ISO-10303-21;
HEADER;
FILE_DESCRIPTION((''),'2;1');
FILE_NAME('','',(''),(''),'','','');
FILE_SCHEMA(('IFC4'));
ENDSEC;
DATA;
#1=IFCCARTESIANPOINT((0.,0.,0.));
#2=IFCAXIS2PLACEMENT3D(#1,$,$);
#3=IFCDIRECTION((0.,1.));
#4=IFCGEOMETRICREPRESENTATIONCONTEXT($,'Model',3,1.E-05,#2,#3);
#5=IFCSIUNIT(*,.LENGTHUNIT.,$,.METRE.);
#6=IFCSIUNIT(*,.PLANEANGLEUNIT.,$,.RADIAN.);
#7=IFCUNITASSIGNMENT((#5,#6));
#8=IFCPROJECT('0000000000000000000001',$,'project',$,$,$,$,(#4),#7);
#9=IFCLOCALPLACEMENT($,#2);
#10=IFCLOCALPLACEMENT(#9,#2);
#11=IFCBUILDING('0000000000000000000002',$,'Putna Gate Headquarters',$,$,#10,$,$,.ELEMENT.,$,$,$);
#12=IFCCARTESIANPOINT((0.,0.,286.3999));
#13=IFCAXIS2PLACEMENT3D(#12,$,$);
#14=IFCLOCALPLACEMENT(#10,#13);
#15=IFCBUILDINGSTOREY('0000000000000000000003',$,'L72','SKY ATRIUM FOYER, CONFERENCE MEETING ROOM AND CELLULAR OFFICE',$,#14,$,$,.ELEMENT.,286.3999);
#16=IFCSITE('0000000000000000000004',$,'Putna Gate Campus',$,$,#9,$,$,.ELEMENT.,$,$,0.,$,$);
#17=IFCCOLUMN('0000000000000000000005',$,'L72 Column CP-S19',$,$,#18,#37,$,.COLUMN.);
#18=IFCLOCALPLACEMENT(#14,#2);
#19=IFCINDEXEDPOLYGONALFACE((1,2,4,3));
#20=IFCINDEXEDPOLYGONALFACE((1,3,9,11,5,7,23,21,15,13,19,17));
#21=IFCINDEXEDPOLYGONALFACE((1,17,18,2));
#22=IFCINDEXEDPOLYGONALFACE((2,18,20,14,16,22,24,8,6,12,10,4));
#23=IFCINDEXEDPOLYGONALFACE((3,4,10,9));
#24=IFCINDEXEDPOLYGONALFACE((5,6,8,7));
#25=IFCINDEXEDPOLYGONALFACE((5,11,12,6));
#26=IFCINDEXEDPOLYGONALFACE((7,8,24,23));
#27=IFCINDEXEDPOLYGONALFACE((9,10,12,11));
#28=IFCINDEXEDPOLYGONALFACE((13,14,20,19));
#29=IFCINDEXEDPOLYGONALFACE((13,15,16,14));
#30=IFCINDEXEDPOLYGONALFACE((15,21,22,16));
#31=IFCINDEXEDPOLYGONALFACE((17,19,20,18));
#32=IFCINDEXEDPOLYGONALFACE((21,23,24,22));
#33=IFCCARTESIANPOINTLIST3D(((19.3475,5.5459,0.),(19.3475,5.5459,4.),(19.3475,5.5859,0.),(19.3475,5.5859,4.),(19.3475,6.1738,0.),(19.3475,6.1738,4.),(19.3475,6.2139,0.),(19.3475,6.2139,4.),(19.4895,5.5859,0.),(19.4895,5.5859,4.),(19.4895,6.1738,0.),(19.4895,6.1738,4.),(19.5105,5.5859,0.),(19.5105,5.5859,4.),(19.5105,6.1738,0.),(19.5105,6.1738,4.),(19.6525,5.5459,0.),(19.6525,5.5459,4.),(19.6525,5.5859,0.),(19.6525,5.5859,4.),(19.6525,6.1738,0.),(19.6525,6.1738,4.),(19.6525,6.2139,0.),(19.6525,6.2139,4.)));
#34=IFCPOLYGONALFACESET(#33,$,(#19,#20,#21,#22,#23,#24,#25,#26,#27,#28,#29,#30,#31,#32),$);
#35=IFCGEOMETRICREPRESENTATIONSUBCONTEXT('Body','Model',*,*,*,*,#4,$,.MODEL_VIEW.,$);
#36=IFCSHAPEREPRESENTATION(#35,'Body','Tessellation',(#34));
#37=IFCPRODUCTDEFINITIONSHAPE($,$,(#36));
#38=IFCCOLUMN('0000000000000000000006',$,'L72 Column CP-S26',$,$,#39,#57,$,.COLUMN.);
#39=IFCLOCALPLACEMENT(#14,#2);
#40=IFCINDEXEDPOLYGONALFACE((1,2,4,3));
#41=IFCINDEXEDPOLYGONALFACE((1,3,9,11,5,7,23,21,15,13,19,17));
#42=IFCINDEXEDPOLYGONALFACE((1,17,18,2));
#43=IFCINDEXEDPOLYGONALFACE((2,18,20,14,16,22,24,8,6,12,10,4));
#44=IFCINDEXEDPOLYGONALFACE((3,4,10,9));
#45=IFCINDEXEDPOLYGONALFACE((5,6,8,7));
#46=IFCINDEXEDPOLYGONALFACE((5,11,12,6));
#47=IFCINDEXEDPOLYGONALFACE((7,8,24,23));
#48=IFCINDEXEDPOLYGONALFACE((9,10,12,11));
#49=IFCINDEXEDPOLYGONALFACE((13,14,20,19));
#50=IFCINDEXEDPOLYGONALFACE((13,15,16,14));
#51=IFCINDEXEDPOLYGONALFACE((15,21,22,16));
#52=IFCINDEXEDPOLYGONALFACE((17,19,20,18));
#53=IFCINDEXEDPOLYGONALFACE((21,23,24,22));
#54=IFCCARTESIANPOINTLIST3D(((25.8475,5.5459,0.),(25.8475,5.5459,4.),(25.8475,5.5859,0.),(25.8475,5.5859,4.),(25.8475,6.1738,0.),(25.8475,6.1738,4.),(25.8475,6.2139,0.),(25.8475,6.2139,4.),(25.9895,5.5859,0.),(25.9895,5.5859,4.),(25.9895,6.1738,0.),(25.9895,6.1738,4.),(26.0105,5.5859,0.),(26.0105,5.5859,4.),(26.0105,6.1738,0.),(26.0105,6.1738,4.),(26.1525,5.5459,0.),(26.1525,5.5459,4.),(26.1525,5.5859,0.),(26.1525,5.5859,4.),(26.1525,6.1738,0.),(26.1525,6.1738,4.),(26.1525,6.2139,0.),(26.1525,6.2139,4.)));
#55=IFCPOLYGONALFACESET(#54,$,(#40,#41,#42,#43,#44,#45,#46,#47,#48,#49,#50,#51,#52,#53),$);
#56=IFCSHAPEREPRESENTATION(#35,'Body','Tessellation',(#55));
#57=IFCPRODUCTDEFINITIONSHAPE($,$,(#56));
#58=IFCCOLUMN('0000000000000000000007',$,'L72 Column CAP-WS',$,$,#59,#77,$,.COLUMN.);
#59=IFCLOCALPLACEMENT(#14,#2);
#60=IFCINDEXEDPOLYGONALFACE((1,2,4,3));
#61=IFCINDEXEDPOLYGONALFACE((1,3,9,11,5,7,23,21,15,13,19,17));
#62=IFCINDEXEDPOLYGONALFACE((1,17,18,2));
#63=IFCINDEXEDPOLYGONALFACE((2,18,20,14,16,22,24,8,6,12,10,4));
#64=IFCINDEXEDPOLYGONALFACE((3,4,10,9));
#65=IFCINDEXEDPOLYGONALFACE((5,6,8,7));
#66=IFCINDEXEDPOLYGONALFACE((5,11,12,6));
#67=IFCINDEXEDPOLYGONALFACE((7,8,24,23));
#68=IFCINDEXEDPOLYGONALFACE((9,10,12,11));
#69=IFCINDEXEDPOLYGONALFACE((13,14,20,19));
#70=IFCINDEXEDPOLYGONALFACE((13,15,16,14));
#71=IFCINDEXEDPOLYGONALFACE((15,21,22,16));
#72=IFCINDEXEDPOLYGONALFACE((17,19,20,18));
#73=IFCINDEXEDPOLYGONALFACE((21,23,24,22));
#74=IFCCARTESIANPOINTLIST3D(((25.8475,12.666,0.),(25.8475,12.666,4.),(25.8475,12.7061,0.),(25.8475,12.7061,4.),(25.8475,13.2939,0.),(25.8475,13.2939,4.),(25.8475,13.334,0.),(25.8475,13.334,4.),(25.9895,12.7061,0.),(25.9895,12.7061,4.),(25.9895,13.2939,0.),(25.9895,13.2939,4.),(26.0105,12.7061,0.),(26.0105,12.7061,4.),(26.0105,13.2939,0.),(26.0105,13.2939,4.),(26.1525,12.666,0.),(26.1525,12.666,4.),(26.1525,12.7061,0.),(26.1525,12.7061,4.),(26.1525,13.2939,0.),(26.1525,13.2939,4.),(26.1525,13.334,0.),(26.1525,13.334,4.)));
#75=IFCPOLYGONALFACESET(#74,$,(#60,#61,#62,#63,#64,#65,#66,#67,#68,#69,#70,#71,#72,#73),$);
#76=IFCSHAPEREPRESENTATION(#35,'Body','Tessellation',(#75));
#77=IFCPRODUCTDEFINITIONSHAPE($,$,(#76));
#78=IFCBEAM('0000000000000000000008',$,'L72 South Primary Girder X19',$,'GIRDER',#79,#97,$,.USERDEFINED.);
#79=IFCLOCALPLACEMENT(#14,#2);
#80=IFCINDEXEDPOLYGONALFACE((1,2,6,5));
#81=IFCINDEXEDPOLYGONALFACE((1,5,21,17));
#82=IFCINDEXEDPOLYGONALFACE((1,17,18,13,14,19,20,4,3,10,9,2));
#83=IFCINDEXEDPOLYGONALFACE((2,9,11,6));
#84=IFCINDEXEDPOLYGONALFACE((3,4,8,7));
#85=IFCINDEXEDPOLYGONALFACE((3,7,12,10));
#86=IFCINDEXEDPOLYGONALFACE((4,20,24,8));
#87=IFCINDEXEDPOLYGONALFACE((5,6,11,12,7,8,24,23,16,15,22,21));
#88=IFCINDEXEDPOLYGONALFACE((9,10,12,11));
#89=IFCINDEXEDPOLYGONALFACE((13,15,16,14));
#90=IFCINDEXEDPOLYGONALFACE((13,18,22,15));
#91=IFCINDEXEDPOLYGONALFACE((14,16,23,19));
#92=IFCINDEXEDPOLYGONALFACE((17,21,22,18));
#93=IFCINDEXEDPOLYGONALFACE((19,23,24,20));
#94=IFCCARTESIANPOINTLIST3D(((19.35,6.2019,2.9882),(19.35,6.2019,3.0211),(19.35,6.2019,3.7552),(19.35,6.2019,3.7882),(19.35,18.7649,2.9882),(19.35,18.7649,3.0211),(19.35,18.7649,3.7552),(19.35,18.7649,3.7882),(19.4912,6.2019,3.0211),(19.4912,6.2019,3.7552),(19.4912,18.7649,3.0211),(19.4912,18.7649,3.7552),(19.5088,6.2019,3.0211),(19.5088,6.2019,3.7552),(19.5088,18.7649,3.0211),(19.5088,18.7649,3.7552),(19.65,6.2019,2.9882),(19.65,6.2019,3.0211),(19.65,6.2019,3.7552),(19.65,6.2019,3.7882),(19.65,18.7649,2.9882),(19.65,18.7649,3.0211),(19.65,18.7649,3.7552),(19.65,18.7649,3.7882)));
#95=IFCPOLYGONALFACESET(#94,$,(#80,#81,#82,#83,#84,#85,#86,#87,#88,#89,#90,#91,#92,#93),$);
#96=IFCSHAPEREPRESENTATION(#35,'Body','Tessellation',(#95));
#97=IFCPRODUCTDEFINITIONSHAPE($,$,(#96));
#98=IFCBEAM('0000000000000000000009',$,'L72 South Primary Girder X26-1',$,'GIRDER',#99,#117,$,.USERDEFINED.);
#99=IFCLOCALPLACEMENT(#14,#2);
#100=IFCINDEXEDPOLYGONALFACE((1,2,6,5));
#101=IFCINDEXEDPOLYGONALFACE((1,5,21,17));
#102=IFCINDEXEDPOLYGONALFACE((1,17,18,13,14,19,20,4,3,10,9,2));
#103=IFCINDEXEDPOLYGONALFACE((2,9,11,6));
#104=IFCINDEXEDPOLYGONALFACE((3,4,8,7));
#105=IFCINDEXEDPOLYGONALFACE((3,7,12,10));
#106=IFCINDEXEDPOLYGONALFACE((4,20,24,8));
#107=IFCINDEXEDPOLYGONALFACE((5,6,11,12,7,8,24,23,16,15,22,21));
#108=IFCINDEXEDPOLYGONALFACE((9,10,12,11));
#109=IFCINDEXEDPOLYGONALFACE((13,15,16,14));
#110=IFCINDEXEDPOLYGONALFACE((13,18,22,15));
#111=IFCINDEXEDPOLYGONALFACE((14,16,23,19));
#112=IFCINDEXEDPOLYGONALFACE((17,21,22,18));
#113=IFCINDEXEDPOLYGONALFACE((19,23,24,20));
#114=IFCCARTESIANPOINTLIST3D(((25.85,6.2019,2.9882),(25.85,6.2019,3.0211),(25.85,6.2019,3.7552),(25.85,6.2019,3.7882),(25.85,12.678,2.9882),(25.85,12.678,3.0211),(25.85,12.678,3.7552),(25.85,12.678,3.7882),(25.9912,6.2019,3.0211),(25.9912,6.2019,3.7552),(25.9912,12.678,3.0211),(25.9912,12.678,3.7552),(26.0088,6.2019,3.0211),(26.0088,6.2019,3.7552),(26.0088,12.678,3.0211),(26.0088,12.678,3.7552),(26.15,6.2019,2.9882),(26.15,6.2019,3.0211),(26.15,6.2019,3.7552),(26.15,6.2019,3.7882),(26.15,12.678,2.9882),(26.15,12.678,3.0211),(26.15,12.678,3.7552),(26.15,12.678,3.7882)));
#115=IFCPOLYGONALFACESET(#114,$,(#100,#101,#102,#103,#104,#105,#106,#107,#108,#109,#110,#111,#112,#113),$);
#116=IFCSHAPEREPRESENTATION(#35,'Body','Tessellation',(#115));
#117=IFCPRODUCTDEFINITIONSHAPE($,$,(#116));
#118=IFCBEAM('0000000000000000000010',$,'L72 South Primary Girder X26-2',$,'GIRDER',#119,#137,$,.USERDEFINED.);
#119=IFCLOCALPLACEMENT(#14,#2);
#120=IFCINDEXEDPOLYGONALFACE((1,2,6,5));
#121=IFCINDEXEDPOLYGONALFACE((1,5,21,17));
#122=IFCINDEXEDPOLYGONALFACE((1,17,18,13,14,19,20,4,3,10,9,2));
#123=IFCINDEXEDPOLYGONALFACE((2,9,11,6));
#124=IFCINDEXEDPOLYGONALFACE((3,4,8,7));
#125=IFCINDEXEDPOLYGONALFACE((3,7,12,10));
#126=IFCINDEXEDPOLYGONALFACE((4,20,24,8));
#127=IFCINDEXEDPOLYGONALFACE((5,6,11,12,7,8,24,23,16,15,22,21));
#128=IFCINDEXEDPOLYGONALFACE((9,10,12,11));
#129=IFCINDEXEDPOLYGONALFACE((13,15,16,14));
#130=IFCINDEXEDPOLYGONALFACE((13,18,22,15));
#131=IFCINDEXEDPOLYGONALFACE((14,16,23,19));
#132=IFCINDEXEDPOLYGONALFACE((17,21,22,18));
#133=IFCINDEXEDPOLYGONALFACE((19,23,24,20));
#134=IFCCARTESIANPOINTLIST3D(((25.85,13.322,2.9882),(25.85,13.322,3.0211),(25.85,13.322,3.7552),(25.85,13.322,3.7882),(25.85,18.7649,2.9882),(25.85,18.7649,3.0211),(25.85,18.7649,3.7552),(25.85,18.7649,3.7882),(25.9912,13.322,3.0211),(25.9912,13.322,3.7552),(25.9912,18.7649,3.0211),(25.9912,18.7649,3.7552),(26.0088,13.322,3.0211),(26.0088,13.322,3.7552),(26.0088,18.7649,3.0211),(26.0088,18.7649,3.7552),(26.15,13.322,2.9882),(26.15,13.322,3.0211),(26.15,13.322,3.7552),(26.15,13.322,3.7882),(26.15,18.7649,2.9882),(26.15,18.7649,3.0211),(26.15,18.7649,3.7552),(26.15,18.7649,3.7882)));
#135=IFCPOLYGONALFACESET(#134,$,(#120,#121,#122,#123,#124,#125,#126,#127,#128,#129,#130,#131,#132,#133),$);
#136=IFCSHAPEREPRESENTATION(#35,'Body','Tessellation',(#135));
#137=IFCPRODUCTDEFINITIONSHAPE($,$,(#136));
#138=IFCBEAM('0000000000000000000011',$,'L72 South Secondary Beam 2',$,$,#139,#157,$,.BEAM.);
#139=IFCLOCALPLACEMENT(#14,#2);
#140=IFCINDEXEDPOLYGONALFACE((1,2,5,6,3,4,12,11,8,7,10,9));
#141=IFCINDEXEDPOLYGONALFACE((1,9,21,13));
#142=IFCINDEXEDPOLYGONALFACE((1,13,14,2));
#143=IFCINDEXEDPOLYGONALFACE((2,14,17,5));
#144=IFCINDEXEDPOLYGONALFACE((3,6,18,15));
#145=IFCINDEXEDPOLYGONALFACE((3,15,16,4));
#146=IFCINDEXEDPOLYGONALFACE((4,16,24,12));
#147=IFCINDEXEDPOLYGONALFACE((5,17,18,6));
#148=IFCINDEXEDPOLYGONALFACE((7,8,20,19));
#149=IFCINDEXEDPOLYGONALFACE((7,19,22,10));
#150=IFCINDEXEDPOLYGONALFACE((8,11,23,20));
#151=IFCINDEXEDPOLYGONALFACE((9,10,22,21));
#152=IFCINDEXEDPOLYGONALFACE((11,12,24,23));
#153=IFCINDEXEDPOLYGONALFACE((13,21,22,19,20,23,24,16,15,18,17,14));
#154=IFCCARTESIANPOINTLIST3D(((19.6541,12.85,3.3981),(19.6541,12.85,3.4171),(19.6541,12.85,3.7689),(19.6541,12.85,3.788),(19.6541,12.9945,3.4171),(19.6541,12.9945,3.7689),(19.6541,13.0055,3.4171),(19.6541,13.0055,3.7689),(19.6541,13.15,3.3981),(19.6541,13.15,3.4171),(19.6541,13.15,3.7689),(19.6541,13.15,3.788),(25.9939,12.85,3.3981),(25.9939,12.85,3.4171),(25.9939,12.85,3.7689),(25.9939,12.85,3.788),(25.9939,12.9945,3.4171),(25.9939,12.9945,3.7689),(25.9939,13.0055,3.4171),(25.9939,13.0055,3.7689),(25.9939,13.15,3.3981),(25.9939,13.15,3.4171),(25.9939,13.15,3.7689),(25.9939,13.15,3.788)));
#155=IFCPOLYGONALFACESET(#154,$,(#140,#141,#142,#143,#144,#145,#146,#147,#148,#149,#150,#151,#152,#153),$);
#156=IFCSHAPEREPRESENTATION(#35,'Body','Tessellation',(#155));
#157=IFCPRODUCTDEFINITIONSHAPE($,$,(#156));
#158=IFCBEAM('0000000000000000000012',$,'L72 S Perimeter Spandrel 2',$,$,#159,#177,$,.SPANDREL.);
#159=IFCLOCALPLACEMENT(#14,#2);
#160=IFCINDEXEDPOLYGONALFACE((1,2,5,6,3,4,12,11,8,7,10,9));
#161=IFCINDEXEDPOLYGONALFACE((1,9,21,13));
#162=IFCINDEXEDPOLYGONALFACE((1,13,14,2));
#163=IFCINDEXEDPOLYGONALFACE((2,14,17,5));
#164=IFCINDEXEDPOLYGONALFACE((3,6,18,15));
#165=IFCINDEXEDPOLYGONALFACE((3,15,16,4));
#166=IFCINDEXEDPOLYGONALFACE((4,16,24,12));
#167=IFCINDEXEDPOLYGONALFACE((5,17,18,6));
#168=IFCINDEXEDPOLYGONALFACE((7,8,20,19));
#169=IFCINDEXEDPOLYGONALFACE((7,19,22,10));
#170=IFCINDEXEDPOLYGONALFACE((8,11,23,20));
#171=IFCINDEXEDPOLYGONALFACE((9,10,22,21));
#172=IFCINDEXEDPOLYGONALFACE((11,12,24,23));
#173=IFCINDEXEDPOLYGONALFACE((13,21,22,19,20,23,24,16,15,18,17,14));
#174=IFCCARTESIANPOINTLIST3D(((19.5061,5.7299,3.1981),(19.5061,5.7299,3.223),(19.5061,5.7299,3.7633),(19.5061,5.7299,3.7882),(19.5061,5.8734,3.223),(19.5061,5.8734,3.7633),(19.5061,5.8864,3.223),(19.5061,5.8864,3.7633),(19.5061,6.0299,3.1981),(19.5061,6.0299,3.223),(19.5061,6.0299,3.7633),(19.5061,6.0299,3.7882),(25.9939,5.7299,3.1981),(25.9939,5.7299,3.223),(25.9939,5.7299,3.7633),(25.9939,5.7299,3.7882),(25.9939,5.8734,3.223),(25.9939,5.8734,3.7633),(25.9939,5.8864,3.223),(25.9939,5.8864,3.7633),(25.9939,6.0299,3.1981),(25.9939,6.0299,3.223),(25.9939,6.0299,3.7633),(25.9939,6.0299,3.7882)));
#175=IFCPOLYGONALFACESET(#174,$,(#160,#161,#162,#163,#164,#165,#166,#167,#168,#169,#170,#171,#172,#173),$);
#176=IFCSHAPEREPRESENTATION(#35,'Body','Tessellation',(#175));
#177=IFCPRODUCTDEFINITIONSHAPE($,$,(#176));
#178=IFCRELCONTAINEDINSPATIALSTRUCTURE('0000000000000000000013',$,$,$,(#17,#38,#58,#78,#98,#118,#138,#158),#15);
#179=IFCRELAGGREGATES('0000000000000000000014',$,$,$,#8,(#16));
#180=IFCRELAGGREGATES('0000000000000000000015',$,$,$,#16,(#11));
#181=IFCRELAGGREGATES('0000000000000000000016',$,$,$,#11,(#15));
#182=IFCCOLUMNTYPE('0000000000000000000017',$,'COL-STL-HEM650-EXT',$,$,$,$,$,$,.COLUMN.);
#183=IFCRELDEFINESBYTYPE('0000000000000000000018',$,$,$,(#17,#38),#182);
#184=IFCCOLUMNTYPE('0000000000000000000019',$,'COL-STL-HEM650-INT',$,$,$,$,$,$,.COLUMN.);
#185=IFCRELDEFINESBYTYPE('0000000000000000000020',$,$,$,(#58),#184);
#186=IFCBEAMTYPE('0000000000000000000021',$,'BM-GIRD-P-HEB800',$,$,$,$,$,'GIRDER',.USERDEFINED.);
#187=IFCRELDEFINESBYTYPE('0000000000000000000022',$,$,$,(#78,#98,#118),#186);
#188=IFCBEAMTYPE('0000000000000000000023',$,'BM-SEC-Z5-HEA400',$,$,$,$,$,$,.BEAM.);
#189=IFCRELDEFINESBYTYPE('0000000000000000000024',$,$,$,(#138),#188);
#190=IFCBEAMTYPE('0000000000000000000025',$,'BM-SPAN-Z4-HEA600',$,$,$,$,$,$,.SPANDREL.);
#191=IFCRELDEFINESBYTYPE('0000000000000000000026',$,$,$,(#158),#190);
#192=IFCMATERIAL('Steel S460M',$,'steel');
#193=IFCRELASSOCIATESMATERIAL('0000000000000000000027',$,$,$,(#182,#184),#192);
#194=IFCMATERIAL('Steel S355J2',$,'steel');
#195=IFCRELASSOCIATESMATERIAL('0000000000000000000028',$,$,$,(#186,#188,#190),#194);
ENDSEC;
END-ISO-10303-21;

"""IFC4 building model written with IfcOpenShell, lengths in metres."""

from ifc_helpers import new_model, si_unit, direction, frame, origin, origin_2d, place, context, subcontext, project, spatial, i_section, extrude, material, material_profile, profile_set, type_object, element, save


model = new_model("IFC4")

# Units and contexts
model_context = context("Model", 3, precision=1e-05, world=origin(), true_north=direction((0.0, 1.0)))
body_context = subcontext(model_context, "Body", "Model", "MODEL_VIEW")
ifc_project = project(units=[si_unit("LENGTHUNIT", "METRE"), si_unit("PLANEANGLEUNIT", "RADIAN")], contexts=[model_context])

# Site, building, storey
site_placement = place(None, origin())
site = spatial("IfcSite", under=ifc_project, at=site_placement, Name="Putna Gate Campus", CompositionType="ELEMENT", RefElevation=0.0)
building_placement = place(site_placement, origin())
building = spatial("IfcBuilding", under=site, at=building_placement, Name="Putna Gate Headquarters", CompositionType="ELEMENT")
storey_placement = place(building_placement, frame((0.0, 0.0, 286.3999)))
storey = spatial("IfcBuildingStorey", under=building, at=storey_placement, Name="L72", Description="SKY ATRIUM FOYER, CONFERENCE MEETING ROOM AND CELLULAR OFFICE", CompositionType="ELEMENT", Elevation=286.3999)

# Columns
ifc_material_1 = material(Name="Steel S460M", Category="steel")
ifc_material_profile_1 = material_profile(ifc_material_1, i_section(OverallWidth=0.3049, OverallDepth=0.668, WebThickness=0.021, FlangeThickness=0.04, at=origin_2d()), Name="Steel S460M")
ifc_profile_set_1 = profile_set([ifc_material_profile_1], Name="Steel S460M")
column_type_1 = type_object("IfcColumnType", Name="COL-STL-HEM650-EXT", PredefinedType="COLUMN", material=ifc_profile_set_1)
for number, where, z_axis, x_axis, name in (
    (1, (19.5, 5.8799, 0.0), (0.0, 0.0, 1.0), (1.0, 0.0, 0.0), "L72 Column CP-S19"),
    (2, (26.0, 5.8799, 0.0), (0.0, 0.0, 1.0), (1.0, 0.0, 0.0), "L72 Column CP-S26"),
):
    element("IfcColumn", number, at=place(storey_placement, frame(where, z_axis=z_axis, x_axis=x_axis)), inside=storey, type_object=column_type_1, Name=name, PredefinedType="COLUMN", context=body_context, shape_type="SweptSolid", body=[
        extrude(i_section(OverallWidth=0.3049, OverallDepth=0.668, WebThickness=0.021, FlangeThickness=0.04, at=origin_2d()), origin(), (0.0, 0.0, 1.0), 4.0),
    ])
ifc_material_profile_2 = material_profile(ifc_material_1, i_section(OverallWidth=0.3049, OverallDepth=0.668, WebThickness=0.021, FlangeThickness=0.04, at=origin_2d()), Name="Steel S460M")
ifc_profile_set_2 = profile_set([ifc_material_profile_2], Name="Steel S460M")
column_type_2 = type_object("IfcColumnType", Name="COL-STL-HEM650-INT", PredefinedType="COLUMN", material=ifc_profile_set_2)
column_placement = place(storey_placement, frame((26.0, 13.0, 0.0), z_axis=(0.0, 0.0, 1.0), x_axis=(1.0, 0.0, 0.0)))
element("IfcColumn", 3, at=column_placement, inside=storey, type_object=column_type_2, Name="L72 Column CAP-WS", PredefinedType="COLUMN", context=body_context, shape_type="SweptSolid", body=[
    extrude(i_section(OverallWidth=0.3049, OverallDepth=0.668, WebThickness=0.021, FlangeThickness=0.04, at=origin_2d()), origin(), (0.0, 0.0, 1.0), 4.0),
])

# Beams
ifc_material_2 = material(Name="Steel S355J2", Category="steel")
ifc_material_profile_3 = material_profile(ifc_material_2, i_section(OverallWidth=0.3, OverallDepth=0.8, WebThickness=0.0176, FlangeThickness=0.033, at=origin_2d()), Name="Steel S355J2")
ifc_profile_set_3 = profile_set([ifc_material_profile_3], Name="Steel S355J2")
beam_type_1 = type_object("IfcBeamType", Name="BM-GIRD-P-HEB800", ElementType="GIRDER", PredefinedType="USERDEFINED", material=ifc_profile_set_3)
beam_1_placement = place(storey_placement, frame((19.5, 6.2019, 3.3882), z_axis=(0.0, 1.0, 0.0), x_axis=(-1.0, 0.0, 0.0)))
element("IfcBeam", 4, at=beam_1_placement, inside=storey, type_object=beam_type_1, Name="L72 South Primary Girder X19", ObjectType="GIRDER", PredefinedType="USERDEFINED", context=body_context, shape_type="SweptSolid", body=[
    extrude(i_section(OverallWidth=0.3, OverallDepth=0.8, WebThickness=0.0176, FlangeThickness=0.033, at=origin_2d()), origin(), (0.0, 0.0, 1.0), 12.563),
])
beam_2_placement = place(storey_placement, frame((26.0, 6.2019, 3.3882), z_axis=(0.0, 1.0, 0.0), x_axis=(-1.0, 0.0, 0.0)))
element("IfcBeam", 5, at=beam_2_placement, inside=storey, type_object=beam_type_1, Name="L72 South Primary Girder X26-1", ObjectType="GIRDER", PredefinedType="USERDEFINED", context=body_context, shape_type="SweptSolid", body=[
    extrude(i_section(OverallWidth=0.3, OverallDepth=0.8, WebThickness=0.0176, FlangeThickness=0.033, at=origin_2d()), origin(), (0.0, 0.0, 1.0), 6.4761),
])
beam_3_placement = place(storey_placement, frame((26.0, 13.322, 3.3882), z_axis=(0.0, 1.0, 0.0), x_axis=(-1.0, 0.0, 0.0)))
element("IfcBeam", 6, at=beam_3_placement, inside=storey, type_object=beam_type_1, Name="L72 South Primary Girder X26-2", ObjectType="GIRDER", PredefinedType="USERDEFINED", context=body_context, shape_type="SweptSolid", body=[
    extrude(i_section(OverallWidth=0.3, OverallDepth=0.8, WebThickness=0.0176, FlangeThickness=0.033, at=origin_2d()), origin(), (0.0, 0.0, 1.0), 5.4429),
])
ifc_material_profile_4 = material_profile(ifc_material_2, i_section(OverallWidth=0.3, OverallDepth=0.3899, WebThickness=0.011, FlangeThickness=0.019, at=origin_2d()), Name="Steel S355J2")
ifc_profile_set_4 = profile_set([ifc_material_profile_4], Name="Steel S355J2")
beam_type_2 = type_object("IfcBeamType", Name="BM-SEC-Z5-HEA400", PredefinedType="BEAM", material=ifc_profile_set_4)
beam_4_placement = place(storey_placement, frame((19.6541, 13.0, 3.593), z_axis=(1.0, 0.0, 0.0), x_axis=(0.0, 1.0, 0.0)))
element("IfcBeam", 7, at=beam_4_placement, inside=storey, type_object=beam_type_2, Name="L72 South Secondary Beam 2", PredefinedType="BEAM", context=body_context, shape_type="SweptSolid", body=[
    extrude(i_section(OverallWidth=0.3, OverallDepth=0.3899, WebThickness=0.011, FlangeThickness=0.019, at=origin_2d()), origin(), (0.0, 0.0, 1.0), 6.3398),
])
ifc_material_profile_5 = material_profile(ifc_material_2, i_section(OverallWidth=0.3, OverallDepth=0.5901, WebThickness=0.0129, FlangeThickness=0.0249, at=origin_2d()), Name="Steel S355J2")
ifc_profile_set_5 = profile_set([ifc_material_profile_5], Name="Steel S355J2")
beam_type_3 = type_object("IfcBeamType", Name="BM-SPAN-Z4-HEA600", PredefinedType="SPANDREL", material=ifc_profile_set_5)
for number, where, z_axis, x_axis, name in (
    (8, (19.5061, 5.8799, 3.4932), (1.0, 0.0, 0.0), (0.0, 1.0, 0.0), "L72 S Perimeter Spandrel 2"),
):
    element("IfcBeam", number, at=place(storey_placement, frame(where, z_axis=z_axis, x_axis=x_axis)), inside=storey, type_object=beam_type_3, Name=name, PredefinedType="SPANDREL", context=body_context, shape_type="SweptSolid", body=[
        extrude(i_section(OverallWidth=0.3, OverallDepth=0.5901, WebThickness=0.0129, FlangeThickness=0.0249, at=origin_2d()), origin(), (0.0, 0.0, 1.0), 6.4878),
    ])

save(model, "model.ifc")
